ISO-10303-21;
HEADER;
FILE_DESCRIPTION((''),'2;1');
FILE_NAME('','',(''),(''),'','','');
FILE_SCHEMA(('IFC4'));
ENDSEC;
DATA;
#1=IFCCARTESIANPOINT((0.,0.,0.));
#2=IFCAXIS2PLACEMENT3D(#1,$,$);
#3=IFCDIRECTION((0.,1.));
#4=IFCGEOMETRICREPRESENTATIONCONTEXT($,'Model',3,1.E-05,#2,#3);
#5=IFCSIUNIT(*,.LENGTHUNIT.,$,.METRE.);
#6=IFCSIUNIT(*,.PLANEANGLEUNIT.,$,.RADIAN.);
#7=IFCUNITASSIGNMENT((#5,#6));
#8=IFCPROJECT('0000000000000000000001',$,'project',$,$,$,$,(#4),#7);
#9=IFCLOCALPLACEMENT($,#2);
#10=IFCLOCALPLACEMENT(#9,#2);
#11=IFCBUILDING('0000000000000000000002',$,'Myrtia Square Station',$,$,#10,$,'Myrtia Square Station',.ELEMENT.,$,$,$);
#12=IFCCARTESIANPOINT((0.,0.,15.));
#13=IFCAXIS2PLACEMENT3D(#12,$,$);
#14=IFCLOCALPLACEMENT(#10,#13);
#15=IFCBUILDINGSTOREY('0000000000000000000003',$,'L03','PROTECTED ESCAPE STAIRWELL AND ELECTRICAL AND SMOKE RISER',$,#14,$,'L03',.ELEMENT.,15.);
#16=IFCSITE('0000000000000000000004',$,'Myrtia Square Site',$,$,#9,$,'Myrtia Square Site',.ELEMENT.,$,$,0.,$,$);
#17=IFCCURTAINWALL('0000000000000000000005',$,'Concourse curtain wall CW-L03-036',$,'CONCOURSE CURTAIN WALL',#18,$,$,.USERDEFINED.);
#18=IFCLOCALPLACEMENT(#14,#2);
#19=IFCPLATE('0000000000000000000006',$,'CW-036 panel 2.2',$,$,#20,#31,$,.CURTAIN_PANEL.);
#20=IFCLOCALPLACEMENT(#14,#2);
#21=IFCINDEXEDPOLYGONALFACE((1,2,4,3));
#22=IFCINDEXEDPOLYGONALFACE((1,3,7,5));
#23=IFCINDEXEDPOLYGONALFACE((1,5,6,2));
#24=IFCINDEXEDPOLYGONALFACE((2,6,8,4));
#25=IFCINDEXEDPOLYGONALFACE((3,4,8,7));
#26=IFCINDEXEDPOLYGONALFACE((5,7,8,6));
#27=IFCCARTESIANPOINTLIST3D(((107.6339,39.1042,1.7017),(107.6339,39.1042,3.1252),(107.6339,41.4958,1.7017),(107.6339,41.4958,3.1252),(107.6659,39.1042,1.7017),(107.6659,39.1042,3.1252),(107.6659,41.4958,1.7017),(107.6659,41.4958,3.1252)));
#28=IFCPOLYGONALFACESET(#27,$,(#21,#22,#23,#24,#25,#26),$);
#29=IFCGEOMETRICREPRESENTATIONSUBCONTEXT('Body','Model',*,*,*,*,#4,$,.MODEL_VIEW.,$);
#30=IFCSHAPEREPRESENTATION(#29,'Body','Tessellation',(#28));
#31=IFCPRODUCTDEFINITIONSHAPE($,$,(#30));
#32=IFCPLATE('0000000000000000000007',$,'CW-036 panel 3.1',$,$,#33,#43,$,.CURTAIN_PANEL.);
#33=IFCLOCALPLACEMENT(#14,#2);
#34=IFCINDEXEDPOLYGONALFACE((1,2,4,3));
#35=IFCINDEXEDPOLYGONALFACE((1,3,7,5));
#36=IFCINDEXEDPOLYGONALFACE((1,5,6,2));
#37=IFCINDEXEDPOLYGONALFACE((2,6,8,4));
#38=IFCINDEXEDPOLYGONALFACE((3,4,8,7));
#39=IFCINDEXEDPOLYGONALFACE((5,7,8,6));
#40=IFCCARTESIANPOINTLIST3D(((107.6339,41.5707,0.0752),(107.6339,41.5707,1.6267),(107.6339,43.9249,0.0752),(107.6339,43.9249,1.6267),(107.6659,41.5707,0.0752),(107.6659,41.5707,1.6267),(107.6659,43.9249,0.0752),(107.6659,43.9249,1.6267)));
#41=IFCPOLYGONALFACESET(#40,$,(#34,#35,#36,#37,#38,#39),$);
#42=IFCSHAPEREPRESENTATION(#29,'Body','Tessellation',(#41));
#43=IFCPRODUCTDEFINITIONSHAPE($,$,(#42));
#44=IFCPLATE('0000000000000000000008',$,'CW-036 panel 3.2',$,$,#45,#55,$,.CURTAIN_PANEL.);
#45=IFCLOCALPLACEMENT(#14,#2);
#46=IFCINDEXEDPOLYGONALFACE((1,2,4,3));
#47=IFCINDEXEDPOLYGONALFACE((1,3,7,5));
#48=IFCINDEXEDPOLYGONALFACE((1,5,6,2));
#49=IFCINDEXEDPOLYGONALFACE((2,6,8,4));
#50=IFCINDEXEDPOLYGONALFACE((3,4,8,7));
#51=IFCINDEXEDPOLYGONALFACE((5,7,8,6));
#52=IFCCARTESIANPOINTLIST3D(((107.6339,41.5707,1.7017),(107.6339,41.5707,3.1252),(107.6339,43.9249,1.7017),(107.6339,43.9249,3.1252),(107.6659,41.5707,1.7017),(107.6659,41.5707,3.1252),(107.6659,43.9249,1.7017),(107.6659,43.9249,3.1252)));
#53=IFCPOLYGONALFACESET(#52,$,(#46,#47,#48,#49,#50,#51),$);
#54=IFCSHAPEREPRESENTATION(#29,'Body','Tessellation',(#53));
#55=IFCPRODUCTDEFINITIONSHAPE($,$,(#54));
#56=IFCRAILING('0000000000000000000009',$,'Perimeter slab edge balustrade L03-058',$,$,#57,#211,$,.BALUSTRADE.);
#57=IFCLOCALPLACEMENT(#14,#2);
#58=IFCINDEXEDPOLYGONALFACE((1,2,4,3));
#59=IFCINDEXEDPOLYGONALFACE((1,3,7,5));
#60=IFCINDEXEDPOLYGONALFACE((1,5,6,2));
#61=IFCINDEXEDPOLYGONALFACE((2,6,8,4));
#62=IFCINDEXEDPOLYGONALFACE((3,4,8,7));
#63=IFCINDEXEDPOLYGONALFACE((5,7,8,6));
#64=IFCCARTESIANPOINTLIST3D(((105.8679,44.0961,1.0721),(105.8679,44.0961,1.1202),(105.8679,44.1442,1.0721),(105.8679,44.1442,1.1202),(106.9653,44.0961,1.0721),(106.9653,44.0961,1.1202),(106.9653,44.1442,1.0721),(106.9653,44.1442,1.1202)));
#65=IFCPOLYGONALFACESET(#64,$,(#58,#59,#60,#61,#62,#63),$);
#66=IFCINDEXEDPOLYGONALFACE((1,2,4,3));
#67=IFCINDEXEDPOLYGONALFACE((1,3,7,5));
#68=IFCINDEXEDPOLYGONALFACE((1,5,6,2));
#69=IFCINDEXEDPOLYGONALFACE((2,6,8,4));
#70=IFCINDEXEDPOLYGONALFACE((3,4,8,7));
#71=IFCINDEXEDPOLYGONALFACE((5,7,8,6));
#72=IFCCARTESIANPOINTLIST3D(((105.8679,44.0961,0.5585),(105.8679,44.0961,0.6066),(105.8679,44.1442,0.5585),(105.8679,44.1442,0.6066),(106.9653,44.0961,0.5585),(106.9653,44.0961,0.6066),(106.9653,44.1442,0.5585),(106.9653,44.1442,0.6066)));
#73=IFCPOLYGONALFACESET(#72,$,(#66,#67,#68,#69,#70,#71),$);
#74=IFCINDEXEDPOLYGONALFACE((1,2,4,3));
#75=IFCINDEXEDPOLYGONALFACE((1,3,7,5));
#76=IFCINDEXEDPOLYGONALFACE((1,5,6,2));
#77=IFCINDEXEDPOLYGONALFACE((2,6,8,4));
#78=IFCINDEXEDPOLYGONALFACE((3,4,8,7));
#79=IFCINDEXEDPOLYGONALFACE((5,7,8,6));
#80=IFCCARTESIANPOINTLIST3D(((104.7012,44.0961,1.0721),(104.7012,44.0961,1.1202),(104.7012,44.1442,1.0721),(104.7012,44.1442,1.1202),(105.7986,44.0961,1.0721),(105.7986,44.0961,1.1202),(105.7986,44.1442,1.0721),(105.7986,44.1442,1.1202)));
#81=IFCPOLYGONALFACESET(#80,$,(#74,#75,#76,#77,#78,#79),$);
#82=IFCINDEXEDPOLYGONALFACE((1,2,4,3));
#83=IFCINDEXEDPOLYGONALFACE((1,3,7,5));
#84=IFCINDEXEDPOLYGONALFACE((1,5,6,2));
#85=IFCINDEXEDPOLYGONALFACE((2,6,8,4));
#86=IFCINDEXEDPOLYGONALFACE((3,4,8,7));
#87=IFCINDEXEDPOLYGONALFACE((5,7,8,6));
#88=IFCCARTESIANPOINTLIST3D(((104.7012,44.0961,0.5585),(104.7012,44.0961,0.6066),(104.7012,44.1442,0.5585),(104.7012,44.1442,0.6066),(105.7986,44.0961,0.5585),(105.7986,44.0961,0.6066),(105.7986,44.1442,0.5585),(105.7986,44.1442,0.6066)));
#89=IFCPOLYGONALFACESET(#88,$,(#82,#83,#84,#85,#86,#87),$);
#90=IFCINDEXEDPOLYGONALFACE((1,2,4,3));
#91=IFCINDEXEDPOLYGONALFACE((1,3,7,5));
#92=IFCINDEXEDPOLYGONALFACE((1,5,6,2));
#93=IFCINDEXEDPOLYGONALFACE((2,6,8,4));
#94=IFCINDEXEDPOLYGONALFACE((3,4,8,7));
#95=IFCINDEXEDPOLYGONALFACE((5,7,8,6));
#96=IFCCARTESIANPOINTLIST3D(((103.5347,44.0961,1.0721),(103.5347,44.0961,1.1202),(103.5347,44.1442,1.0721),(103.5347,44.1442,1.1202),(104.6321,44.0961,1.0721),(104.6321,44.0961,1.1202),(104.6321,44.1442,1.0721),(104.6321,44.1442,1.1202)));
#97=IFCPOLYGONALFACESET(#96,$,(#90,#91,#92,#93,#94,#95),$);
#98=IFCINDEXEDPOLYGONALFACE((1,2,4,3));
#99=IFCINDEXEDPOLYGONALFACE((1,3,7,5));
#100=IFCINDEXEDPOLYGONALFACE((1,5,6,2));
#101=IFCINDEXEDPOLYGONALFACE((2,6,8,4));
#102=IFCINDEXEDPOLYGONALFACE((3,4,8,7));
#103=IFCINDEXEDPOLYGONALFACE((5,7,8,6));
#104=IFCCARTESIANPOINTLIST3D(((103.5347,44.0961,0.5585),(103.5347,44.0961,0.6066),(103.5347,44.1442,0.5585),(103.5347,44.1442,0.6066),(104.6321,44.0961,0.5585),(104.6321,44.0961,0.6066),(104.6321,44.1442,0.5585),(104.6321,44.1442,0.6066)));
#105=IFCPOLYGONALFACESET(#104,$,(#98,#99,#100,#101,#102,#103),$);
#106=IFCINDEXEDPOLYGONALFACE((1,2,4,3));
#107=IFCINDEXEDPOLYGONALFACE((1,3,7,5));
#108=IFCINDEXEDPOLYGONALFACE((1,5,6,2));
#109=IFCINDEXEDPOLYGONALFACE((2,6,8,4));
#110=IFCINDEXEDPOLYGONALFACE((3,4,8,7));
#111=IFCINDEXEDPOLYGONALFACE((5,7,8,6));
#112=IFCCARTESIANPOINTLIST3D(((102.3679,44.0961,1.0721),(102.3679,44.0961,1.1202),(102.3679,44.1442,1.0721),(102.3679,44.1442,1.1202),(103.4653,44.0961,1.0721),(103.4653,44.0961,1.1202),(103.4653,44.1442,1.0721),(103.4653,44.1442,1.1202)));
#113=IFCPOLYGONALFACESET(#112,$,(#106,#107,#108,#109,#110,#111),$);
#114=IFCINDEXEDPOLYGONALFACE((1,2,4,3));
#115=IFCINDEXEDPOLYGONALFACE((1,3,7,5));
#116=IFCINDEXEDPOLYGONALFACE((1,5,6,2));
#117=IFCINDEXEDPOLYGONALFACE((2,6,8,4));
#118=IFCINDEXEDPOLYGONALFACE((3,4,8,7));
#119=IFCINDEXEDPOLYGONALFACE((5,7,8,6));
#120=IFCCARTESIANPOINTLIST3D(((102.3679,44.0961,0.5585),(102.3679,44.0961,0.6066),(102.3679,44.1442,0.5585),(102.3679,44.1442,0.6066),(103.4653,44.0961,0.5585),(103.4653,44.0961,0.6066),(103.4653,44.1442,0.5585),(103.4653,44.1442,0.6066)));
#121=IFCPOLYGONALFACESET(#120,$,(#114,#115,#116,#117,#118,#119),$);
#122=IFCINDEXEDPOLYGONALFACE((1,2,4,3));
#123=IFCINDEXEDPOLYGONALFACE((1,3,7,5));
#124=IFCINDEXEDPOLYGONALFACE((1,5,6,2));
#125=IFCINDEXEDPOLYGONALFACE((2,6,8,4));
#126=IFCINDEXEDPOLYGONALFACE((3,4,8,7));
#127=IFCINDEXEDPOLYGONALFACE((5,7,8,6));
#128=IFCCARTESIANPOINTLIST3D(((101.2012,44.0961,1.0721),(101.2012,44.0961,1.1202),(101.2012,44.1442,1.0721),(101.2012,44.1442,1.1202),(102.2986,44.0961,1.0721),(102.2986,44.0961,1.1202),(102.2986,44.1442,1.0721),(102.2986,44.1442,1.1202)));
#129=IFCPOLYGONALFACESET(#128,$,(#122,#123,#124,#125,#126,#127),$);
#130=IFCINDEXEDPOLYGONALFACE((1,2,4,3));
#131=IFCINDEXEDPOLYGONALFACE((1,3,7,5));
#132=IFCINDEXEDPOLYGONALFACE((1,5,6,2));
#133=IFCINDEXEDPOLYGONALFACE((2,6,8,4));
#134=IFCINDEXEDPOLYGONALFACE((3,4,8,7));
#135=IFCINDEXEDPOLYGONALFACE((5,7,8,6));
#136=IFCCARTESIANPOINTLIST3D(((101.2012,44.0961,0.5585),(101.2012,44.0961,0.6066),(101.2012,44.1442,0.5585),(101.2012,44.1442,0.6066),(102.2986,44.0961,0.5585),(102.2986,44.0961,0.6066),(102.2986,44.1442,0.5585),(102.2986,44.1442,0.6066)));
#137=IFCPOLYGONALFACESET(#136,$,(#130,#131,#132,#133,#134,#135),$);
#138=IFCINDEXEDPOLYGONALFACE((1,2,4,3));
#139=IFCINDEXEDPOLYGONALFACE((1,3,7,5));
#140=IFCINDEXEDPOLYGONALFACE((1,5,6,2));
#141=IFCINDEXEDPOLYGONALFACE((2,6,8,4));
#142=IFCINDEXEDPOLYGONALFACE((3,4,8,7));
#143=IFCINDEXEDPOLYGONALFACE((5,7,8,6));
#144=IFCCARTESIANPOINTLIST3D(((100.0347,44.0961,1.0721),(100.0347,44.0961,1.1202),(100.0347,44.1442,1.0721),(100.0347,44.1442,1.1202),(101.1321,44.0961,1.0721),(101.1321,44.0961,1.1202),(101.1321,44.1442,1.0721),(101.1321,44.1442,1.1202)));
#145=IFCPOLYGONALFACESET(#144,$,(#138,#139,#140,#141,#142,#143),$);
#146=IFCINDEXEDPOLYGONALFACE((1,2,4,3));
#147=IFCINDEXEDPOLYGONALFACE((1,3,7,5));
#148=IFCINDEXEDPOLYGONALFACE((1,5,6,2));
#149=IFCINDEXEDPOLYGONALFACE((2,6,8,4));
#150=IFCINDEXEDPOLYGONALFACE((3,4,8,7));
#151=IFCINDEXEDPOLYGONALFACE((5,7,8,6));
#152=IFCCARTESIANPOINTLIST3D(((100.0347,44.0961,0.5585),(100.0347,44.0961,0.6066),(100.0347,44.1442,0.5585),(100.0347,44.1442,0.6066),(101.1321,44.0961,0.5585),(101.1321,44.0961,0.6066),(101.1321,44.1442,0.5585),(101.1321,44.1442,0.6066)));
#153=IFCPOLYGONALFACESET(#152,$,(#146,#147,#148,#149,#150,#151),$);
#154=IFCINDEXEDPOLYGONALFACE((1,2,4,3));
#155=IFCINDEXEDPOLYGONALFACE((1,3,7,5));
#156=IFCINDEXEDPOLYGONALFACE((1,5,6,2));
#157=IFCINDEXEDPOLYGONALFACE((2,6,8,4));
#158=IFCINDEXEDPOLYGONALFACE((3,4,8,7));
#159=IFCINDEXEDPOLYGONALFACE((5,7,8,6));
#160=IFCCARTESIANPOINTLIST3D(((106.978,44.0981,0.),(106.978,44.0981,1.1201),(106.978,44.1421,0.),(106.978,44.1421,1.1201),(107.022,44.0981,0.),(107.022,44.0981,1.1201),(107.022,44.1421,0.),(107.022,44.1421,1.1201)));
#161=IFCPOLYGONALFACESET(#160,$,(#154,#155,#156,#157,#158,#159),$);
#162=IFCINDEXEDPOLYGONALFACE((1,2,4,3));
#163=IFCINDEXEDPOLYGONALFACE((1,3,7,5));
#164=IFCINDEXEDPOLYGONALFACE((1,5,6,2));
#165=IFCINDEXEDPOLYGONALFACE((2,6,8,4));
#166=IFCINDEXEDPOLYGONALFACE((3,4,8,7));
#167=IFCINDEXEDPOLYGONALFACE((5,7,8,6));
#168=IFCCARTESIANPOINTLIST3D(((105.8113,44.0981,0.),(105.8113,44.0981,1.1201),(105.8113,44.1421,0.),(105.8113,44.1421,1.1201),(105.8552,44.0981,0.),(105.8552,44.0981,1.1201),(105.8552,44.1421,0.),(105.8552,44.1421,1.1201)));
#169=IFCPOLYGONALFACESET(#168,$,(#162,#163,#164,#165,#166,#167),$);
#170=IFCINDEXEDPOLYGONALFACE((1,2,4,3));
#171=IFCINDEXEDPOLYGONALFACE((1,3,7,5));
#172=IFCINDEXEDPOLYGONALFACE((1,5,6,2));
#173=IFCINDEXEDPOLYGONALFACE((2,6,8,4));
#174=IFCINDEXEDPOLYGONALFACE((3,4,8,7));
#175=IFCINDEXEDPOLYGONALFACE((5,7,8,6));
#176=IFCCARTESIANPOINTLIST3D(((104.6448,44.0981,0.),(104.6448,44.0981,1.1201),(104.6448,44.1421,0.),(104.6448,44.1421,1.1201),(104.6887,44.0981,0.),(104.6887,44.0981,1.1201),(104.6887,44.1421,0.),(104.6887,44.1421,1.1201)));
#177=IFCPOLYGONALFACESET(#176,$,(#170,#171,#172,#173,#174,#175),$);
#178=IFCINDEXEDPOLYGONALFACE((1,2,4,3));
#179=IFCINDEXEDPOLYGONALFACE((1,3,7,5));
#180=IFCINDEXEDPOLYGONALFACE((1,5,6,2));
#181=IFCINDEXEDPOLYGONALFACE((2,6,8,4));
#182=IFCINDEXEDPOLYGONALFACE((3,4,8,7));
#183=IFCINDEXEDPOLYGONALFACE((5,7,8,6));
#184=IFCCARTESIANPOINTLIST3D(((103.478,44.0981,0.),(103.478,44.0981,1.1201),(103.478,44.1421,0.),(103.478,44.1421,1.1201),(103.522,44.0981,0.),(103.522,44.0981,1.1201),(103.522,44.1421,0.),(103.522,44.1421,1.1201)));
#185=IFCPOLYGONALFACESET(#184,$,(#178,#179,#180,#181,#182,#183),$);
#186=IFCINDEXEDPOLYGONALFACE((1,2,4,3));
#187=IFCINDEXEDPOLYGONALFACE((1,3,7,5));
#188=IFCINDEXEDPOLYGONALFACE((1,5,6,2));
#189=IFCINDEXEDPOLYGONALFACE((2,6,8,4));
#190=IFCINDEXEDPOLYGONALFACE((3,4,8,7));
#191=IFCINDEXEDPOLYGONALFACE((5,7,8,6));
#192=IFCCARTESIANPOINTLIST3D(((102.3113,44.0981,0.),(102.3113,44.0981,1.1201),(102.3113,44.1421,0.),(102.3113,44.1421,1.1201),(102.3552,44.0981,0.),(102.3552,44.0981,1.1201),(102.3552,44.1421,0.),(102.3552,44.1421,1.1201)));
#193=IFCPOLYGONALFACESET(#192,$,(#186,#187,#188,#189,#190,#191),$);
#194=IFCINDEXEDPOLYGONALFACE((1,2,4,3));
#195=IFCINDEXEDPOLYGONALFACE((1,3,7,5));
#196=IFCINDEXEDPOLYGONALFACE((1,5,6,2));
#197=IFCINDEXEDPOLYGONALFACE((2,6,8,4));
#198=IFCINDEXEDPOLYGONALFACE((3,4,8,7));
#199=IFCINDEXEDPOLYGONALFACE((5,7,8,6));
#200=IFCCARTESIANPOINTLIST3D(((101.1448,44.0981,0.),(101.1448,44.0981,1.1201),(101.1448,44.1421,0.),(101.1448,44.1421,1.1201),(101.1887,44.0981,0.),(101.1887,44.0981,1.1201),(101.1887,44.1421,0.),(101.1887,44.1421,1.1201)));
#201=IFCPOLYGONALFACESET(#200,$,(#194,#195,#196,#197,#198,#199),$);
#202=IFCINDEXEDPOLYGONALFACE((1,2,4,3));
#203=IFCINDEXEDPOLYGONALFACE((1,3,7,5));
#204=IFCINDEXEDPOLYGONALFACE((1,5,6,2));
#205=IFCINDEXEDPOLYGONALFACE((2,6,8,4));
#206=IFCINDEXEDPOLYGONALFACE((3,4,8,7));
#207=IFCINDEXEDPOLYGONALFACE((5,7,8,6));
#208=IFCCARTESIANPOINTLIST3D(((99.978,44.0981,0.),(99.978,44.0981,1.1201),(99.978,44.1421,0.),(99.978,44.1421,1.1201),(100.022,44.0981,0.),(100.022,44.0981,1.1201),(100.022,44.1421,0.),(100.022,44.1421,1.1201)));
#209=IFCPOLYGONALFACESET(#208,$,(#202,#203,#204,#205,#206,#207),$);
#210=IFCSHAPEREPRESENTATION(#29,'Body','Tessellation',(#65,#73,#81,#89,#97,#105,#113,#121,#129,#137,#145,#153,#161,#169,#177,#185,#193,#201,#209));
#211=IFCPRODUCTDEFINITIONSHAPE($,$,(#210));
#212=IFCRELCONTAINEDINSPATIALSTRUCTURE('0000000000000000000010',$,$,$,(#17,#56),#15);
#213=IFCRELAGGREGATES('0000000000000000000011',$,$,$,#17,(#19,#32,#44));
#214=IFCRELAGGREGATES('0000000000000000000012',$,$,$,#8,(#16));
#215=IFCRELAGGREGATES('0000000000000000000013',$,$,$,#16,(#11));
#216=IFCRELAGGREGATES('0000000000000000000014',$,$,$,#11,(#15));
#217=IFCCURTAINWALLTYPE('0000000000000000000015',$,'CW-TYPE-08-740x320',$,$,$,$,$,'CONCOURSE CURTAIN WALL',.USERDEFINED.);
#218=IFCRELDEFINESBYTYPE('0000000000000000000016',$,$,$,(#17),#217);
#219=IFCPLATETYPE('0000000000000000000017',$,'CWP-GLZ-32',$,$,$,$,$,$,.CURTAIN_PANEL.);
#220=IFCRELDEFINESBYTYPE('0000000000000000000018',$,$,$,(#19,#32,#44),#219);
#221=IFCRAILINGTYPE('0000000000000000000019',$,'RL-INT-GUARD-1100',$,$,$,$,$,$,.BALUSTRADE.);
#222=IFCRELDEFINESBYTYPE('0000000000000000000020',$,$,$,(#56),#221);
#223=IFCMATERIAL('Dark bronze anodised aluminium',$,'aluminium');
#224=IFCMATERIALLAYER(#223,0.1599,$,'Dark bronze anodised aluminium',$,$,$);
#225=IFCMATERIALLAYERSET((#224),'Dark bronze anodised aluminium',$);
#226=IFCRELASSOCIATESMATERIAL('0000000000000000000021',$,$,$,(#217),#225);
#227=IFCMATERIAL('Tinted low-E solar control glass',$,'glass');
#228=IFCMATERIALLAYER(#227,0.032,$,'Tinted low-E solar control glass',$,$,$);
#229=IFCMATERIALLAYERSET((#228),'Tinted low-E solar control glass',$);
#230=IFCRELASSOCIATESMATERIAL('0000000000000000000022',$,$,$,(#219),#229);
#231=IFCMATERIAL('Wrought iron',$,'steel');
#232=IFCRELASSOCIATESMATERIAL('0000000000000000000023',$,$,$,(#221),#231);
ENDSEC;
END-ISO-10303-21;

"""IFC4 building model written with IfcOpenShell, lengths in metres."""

from ifc_helpers import new_model, si_unit, direction, frame, origin, origin_2d, place, context, subcontext, project, spatial, rectangle, extrude, material, layer, layer_set, type_object, element, aggregate, save


model = new_model("IFC4")

# Units and contexts
model_context = context("Model", 3, precision=1e-05, world=origin(), true_north=direction((0.0, 1.0)))
body_context = subcontext(model_context, "Body", "Model", "MODEL_VIEW")
ifc_project = project(units=[si_unit("LENGTHUNIT", "METRE"), si_unit("PLANEANGLEUNIT", "RADIAN")], contexts=[model_context])

# Site, building, storey
site_placement = place(None, origin())
site = spatial("IfcSite", under=ifc_project, at=site_placement, Name="Myrtia Square Site", LongName="Myrtia Square Site", CompositionType="ELEMENT", RefElevation=0.0)
building_placement = place(site_placement, origin())
building = spatial("IfcBuilding", under=site, at=building_placement, Name="Myrtia Square Station", LongName="Myrtia Square Station", CompositionType="ELEMENT")
storey_placement = place(building_placement, frame((0.0, 0.0, 15.0)))
storey = spatial("IfcBuildingStorey", under=building, at=storey_placement, Name="L03", Description="PROTECTED ESCAPE STAIRWELL AND ELECTRICAL AND SMOKE RISER", LongName="L03", CompositionType="ELEMENT", Elevation=15.0)

# Curtain wall
ifc_material_1 = material(Name="Dark bronze anodised aluminium", Category="aluminium")
ifc_layer_1 = layer(ifc_material_1, 0.1599, Name="Dark bronze anodised aluminium")
ifc_layer_set_1 = layer_set([ifc_layer_1], Name="Dark bronze anodised aluminium")
curtain_wall_type = type_object("IfcCurtainWallType", Name="CW-TYPE-08-740x320", ElementType="CONCOURSE CURTAIN WALL", PredefinedType="USERDEFINED", material=ifc_layer_set_1)
curtain_wall_1_placement = place(storey_placement, origin())
curtain_wall_1 = element("IfcCurtainWall", 1, at=curtain_wall_1_placement, inside=storey, type_object=curtain_wall_type, Name="Concourse curtain wall CW-L03-036", ObjectType="CONCOURSE CURTAIN WALL", PredefinedType="USERDEFINED")

# Plates
ifc_material_2 = material(Name="Tinted low-E solar control glass", Category="glass")
ifc_layer_2 = layer(ifc_material_2, 0.032, Name="Tinted low-E solar control glass")
ifc_layer_set_2 = layer_set([ifc_layer_2], Name="Tinted low-E solar control glass")
plate_type_1 = type_object("IfcPlateType", Name="CWP-GLZ-32", PredefinedType="CURTAIN_PANEL", material=ifc_layer_set_2)
plate_1_placement = place(storey_placement, frame((107.6499, 40.3, 1.7017), z_axis=(0.0, 0.0, 1.0), x_axis=(0.0, 1.0, 0.0)))
plate_1 = element("IfcPlate", 2, at=plate_1_placement, type_object=plate_type_1, Name="CW-036 panel 2.2", PredefinedType="CURTAIN_PANEL", context=body_context, shape_type="SweptSolid", body=[
    extrude(rectangle(XDim=2.3916, YDim=0.032, at=origin_2d()), origin(), (0.0, 0.0, 1.0), 1.4236),
])
plate_2_placement = place(storey_placement, frame((107.6499, 42.7478, 0.0752), z_axis=(0.0, 0.0, 1.0), x_axis=(0.0, 1.0, 0.0)))
plate_2 = element("IfcPlate", 3, at=plate_2_placement, type_object=plate_type_1, Name="CW-036 panel 3.1", PredefinedType="CURTAIN_PANEL", context=body_context, shape_type="SweptSolid", body=[
    extrude(rectangle(XDim=2.3542, YDim=0.032, at=origin_2d()), origin(), (0.0, 0.0, 1.0), 1.5515),
])
plate_3_placement = place(storey_placement, frame((107.6499, 42.7478, 1.7017), z_axis=(0.0, 0.0, 1.0), x_axis=(0.0, 1.0, 0.0)))
plate_3 = element("IfcPlate", 4, at=plate_3_placement, type_object=plate_type_1, Name="CW-036 panel 3.2", PredefinedType="CURTAIN_PANEL", context=body_context, shape_type="SweptSolid", body=[
    extrude(rectangle(XDim=2.3542, YDim=0.032, at=origin_2d()), origin(), (0.0, 0.0, 1.0), 1.4236),
])
aggregate(curtain_wall_1, [plate_1, plate_2, plate_3])

# Railing
ifc_material_3 = material(Name="Wrought iron", Category="steel")
railing_type = type_object("IfcRailingType", Name="RL-INT-GUARD-1100", PredefinedType="BALUSTRADE", material=ifc_material_3)
railing_1_placement = place(storey_placement, frame((107.0, 44.1201, 0.0)))
element("IfcRailing", 5, at=railing_1_placement, inside=storey, type_object=railing_type, Name="Perimeter slab edge balustrade L03-058", PredefinedType="BALUSTRADE", context=body_context, shape_type="SweptSolid", body=[
    extrude(rectangle(XDim=0.0481, YDim=0.0481, at=origin_2d()), frame((-0.0347, 0.0, 1.0962), z_axis=(-1.0, 0.0, 0.0), x_axis=(0.0, -1.0, 0.0)), (0.0, 0.0, 1.0), 1.0974),
    extrude(rectangle(XDim=0.0481, YDim=0.0481, at=origin_2d()), frame((-0.0347, 0.0, 0.5825), z_axis=(-1.0, 0.0, 0.0), x_axis=(0.0, -1.0, 0.0)), (0.0, 0.0, 1.0), 1.0974),
    extrude(rectangle(XDim=0.0481, YDim=0.0481, at=origin_2d()), frame((-1.2014, 0.0, 1.0962), z_axis=(-1.0, 0.0, 0.0), x_axis=(0.0, -1.0, 0.0)), (0.0, 0.0, 1.0), 1.0974),
    extrude(rectangle(XDim=0.0481, YDim=0.0481, at=origin_2d()), frame((-1.2014, 0.0, 0.5825), z_axis=(-1.0, 0.0, 0.0), x_axis=(0.0, -1.0, 0.0)), (0.0, 0.0, 1.0), 1.0974),
    extrude(rectangle(XDim=0.0481, YDim=0.0481, at=origin_2d()), frame((-2.3679, 0.0, 1.0962), z_axis=(-1.0, 0.0, 0.0), x_axis=(0.0, -1.0, 0.0)), (0.0, 0.0, 1.0), 1.0974),
    extrude(rectangle(XDim=0.0481, YDim=0.0481, at=origin_2d()), frame((-2.3679, 0.0, 0.5825), z_axis=(-1.0, 0.0, 0.0), x_axis=(0.0, -1.0, 0.0)), (0.0, 0.0, 1.0), 1.0974),
    extrude(rectangle(XDim=0.0481, YDim=0.0481, at=origin_2d()), frame((-3.5347, 0.0, 1.0962), z_axis=(-1.0, 0.0, 0.0), x_axis=(0.0, -1.0, 0.0)), (0.0, 0.0, 1.0), 1.0974),
    extrude(rectangle(XDim=0.0481, YDim=0.0481, at=origin_2d()), frame((-3.5347, 0.0, 0.5825), z_axis=(-1.0, 0.0, 0.0), x_axis=(0.0, -1.0, 0.0)), (0.0, 0.0, 1.0), 1.0974),
    extrude(rectangle(XDim=0.0481, YDim=0.0481, at=origin_2d()), frame((-4.7014, 0.0, 1.0962), z_axis=(-1.0, 0.0, 0.0), x_axis=(0.0, -1.0, 0.0)), (0.0, 0.0, 1.0), 1.0974),
    extrude(rectangle(XDim=0.0481, YDim=0.0481, at=origin_2d()), frame((-4.7014, 0.0, 0.5825), z_axis=(-1.0, 0.0, 0.0), x_axis=(0.0, -1.0, 0.0)), (0.0, 0.0, 1.0), 1.0974),
    extrude(rectangle(XDim=0.0481, YDim=0.0481, at=origin_2d()), frame((-5.8679, 0.0, 1.0962), z_axis=(-1.0, 0.0, 0.0), x_axis=(0.0, -1.0, 0.0)), (0.0, 0.0, 1.0), 1.0974),
    extrude(rectangle(XDim=0.0481, YDim=0.0481, at=origin_2d()), frame((-5.8679, 0.0, 0.5825), z_axis=(-1.0, 0.0, 0.0), x_axis=(0.0, -1.0, 0.0)), (0.0, 0.0, 1.0), 1.0974),
    extrude(rectangle(XDim=0.0439, YDim=0.0439, at=origin_2d()), origin(), (0.0, 0.0, 1.0), 1.1201),
    extrude(rectangle(XDim=0.0439, YDim=0.0439, at=origin_2d()), frame((-1.1667, 0.0, 0.0)), (0.0, 0.0, 1.0), 1.1201),
    extrude(rectangle(XDim=0.0439, YDim=0.0439, at=origin_2d()), frame((-2.3333, 0.0, 0.0)), (0.0, 0.0, 1.0), 1.1201),
    extrude(rectangle(XDim=0.0439, YDim=0.0439, at=origin_2d()), frame((-3.5, 0.0, 0.0)), (0.0, 0.0, 1.0), 1.1201),
    extrude(rectangle(XDim=0.0439, YDim=0.0439, at=origin_2d()), frame((-4.6667, 0.0, 0.0)), (0.0, 0.0, 1.0), 1.1201),
    extrude(rectangle(XDim=0.0439, YDim=0.0439, at=origin_2d()), frame((-5.8333, 0.0, 0.0)), (0.0, 0.0, 1.0), 1.1201),
    extrude(rectangle(XDim=0.0439, YDim=0.0439, at=origin_2d()), frame((-7.0, 0.0, 0.0)), (0.0, 0.0, 1.0), 1.1201),
])

save(model, "model.ifc")
